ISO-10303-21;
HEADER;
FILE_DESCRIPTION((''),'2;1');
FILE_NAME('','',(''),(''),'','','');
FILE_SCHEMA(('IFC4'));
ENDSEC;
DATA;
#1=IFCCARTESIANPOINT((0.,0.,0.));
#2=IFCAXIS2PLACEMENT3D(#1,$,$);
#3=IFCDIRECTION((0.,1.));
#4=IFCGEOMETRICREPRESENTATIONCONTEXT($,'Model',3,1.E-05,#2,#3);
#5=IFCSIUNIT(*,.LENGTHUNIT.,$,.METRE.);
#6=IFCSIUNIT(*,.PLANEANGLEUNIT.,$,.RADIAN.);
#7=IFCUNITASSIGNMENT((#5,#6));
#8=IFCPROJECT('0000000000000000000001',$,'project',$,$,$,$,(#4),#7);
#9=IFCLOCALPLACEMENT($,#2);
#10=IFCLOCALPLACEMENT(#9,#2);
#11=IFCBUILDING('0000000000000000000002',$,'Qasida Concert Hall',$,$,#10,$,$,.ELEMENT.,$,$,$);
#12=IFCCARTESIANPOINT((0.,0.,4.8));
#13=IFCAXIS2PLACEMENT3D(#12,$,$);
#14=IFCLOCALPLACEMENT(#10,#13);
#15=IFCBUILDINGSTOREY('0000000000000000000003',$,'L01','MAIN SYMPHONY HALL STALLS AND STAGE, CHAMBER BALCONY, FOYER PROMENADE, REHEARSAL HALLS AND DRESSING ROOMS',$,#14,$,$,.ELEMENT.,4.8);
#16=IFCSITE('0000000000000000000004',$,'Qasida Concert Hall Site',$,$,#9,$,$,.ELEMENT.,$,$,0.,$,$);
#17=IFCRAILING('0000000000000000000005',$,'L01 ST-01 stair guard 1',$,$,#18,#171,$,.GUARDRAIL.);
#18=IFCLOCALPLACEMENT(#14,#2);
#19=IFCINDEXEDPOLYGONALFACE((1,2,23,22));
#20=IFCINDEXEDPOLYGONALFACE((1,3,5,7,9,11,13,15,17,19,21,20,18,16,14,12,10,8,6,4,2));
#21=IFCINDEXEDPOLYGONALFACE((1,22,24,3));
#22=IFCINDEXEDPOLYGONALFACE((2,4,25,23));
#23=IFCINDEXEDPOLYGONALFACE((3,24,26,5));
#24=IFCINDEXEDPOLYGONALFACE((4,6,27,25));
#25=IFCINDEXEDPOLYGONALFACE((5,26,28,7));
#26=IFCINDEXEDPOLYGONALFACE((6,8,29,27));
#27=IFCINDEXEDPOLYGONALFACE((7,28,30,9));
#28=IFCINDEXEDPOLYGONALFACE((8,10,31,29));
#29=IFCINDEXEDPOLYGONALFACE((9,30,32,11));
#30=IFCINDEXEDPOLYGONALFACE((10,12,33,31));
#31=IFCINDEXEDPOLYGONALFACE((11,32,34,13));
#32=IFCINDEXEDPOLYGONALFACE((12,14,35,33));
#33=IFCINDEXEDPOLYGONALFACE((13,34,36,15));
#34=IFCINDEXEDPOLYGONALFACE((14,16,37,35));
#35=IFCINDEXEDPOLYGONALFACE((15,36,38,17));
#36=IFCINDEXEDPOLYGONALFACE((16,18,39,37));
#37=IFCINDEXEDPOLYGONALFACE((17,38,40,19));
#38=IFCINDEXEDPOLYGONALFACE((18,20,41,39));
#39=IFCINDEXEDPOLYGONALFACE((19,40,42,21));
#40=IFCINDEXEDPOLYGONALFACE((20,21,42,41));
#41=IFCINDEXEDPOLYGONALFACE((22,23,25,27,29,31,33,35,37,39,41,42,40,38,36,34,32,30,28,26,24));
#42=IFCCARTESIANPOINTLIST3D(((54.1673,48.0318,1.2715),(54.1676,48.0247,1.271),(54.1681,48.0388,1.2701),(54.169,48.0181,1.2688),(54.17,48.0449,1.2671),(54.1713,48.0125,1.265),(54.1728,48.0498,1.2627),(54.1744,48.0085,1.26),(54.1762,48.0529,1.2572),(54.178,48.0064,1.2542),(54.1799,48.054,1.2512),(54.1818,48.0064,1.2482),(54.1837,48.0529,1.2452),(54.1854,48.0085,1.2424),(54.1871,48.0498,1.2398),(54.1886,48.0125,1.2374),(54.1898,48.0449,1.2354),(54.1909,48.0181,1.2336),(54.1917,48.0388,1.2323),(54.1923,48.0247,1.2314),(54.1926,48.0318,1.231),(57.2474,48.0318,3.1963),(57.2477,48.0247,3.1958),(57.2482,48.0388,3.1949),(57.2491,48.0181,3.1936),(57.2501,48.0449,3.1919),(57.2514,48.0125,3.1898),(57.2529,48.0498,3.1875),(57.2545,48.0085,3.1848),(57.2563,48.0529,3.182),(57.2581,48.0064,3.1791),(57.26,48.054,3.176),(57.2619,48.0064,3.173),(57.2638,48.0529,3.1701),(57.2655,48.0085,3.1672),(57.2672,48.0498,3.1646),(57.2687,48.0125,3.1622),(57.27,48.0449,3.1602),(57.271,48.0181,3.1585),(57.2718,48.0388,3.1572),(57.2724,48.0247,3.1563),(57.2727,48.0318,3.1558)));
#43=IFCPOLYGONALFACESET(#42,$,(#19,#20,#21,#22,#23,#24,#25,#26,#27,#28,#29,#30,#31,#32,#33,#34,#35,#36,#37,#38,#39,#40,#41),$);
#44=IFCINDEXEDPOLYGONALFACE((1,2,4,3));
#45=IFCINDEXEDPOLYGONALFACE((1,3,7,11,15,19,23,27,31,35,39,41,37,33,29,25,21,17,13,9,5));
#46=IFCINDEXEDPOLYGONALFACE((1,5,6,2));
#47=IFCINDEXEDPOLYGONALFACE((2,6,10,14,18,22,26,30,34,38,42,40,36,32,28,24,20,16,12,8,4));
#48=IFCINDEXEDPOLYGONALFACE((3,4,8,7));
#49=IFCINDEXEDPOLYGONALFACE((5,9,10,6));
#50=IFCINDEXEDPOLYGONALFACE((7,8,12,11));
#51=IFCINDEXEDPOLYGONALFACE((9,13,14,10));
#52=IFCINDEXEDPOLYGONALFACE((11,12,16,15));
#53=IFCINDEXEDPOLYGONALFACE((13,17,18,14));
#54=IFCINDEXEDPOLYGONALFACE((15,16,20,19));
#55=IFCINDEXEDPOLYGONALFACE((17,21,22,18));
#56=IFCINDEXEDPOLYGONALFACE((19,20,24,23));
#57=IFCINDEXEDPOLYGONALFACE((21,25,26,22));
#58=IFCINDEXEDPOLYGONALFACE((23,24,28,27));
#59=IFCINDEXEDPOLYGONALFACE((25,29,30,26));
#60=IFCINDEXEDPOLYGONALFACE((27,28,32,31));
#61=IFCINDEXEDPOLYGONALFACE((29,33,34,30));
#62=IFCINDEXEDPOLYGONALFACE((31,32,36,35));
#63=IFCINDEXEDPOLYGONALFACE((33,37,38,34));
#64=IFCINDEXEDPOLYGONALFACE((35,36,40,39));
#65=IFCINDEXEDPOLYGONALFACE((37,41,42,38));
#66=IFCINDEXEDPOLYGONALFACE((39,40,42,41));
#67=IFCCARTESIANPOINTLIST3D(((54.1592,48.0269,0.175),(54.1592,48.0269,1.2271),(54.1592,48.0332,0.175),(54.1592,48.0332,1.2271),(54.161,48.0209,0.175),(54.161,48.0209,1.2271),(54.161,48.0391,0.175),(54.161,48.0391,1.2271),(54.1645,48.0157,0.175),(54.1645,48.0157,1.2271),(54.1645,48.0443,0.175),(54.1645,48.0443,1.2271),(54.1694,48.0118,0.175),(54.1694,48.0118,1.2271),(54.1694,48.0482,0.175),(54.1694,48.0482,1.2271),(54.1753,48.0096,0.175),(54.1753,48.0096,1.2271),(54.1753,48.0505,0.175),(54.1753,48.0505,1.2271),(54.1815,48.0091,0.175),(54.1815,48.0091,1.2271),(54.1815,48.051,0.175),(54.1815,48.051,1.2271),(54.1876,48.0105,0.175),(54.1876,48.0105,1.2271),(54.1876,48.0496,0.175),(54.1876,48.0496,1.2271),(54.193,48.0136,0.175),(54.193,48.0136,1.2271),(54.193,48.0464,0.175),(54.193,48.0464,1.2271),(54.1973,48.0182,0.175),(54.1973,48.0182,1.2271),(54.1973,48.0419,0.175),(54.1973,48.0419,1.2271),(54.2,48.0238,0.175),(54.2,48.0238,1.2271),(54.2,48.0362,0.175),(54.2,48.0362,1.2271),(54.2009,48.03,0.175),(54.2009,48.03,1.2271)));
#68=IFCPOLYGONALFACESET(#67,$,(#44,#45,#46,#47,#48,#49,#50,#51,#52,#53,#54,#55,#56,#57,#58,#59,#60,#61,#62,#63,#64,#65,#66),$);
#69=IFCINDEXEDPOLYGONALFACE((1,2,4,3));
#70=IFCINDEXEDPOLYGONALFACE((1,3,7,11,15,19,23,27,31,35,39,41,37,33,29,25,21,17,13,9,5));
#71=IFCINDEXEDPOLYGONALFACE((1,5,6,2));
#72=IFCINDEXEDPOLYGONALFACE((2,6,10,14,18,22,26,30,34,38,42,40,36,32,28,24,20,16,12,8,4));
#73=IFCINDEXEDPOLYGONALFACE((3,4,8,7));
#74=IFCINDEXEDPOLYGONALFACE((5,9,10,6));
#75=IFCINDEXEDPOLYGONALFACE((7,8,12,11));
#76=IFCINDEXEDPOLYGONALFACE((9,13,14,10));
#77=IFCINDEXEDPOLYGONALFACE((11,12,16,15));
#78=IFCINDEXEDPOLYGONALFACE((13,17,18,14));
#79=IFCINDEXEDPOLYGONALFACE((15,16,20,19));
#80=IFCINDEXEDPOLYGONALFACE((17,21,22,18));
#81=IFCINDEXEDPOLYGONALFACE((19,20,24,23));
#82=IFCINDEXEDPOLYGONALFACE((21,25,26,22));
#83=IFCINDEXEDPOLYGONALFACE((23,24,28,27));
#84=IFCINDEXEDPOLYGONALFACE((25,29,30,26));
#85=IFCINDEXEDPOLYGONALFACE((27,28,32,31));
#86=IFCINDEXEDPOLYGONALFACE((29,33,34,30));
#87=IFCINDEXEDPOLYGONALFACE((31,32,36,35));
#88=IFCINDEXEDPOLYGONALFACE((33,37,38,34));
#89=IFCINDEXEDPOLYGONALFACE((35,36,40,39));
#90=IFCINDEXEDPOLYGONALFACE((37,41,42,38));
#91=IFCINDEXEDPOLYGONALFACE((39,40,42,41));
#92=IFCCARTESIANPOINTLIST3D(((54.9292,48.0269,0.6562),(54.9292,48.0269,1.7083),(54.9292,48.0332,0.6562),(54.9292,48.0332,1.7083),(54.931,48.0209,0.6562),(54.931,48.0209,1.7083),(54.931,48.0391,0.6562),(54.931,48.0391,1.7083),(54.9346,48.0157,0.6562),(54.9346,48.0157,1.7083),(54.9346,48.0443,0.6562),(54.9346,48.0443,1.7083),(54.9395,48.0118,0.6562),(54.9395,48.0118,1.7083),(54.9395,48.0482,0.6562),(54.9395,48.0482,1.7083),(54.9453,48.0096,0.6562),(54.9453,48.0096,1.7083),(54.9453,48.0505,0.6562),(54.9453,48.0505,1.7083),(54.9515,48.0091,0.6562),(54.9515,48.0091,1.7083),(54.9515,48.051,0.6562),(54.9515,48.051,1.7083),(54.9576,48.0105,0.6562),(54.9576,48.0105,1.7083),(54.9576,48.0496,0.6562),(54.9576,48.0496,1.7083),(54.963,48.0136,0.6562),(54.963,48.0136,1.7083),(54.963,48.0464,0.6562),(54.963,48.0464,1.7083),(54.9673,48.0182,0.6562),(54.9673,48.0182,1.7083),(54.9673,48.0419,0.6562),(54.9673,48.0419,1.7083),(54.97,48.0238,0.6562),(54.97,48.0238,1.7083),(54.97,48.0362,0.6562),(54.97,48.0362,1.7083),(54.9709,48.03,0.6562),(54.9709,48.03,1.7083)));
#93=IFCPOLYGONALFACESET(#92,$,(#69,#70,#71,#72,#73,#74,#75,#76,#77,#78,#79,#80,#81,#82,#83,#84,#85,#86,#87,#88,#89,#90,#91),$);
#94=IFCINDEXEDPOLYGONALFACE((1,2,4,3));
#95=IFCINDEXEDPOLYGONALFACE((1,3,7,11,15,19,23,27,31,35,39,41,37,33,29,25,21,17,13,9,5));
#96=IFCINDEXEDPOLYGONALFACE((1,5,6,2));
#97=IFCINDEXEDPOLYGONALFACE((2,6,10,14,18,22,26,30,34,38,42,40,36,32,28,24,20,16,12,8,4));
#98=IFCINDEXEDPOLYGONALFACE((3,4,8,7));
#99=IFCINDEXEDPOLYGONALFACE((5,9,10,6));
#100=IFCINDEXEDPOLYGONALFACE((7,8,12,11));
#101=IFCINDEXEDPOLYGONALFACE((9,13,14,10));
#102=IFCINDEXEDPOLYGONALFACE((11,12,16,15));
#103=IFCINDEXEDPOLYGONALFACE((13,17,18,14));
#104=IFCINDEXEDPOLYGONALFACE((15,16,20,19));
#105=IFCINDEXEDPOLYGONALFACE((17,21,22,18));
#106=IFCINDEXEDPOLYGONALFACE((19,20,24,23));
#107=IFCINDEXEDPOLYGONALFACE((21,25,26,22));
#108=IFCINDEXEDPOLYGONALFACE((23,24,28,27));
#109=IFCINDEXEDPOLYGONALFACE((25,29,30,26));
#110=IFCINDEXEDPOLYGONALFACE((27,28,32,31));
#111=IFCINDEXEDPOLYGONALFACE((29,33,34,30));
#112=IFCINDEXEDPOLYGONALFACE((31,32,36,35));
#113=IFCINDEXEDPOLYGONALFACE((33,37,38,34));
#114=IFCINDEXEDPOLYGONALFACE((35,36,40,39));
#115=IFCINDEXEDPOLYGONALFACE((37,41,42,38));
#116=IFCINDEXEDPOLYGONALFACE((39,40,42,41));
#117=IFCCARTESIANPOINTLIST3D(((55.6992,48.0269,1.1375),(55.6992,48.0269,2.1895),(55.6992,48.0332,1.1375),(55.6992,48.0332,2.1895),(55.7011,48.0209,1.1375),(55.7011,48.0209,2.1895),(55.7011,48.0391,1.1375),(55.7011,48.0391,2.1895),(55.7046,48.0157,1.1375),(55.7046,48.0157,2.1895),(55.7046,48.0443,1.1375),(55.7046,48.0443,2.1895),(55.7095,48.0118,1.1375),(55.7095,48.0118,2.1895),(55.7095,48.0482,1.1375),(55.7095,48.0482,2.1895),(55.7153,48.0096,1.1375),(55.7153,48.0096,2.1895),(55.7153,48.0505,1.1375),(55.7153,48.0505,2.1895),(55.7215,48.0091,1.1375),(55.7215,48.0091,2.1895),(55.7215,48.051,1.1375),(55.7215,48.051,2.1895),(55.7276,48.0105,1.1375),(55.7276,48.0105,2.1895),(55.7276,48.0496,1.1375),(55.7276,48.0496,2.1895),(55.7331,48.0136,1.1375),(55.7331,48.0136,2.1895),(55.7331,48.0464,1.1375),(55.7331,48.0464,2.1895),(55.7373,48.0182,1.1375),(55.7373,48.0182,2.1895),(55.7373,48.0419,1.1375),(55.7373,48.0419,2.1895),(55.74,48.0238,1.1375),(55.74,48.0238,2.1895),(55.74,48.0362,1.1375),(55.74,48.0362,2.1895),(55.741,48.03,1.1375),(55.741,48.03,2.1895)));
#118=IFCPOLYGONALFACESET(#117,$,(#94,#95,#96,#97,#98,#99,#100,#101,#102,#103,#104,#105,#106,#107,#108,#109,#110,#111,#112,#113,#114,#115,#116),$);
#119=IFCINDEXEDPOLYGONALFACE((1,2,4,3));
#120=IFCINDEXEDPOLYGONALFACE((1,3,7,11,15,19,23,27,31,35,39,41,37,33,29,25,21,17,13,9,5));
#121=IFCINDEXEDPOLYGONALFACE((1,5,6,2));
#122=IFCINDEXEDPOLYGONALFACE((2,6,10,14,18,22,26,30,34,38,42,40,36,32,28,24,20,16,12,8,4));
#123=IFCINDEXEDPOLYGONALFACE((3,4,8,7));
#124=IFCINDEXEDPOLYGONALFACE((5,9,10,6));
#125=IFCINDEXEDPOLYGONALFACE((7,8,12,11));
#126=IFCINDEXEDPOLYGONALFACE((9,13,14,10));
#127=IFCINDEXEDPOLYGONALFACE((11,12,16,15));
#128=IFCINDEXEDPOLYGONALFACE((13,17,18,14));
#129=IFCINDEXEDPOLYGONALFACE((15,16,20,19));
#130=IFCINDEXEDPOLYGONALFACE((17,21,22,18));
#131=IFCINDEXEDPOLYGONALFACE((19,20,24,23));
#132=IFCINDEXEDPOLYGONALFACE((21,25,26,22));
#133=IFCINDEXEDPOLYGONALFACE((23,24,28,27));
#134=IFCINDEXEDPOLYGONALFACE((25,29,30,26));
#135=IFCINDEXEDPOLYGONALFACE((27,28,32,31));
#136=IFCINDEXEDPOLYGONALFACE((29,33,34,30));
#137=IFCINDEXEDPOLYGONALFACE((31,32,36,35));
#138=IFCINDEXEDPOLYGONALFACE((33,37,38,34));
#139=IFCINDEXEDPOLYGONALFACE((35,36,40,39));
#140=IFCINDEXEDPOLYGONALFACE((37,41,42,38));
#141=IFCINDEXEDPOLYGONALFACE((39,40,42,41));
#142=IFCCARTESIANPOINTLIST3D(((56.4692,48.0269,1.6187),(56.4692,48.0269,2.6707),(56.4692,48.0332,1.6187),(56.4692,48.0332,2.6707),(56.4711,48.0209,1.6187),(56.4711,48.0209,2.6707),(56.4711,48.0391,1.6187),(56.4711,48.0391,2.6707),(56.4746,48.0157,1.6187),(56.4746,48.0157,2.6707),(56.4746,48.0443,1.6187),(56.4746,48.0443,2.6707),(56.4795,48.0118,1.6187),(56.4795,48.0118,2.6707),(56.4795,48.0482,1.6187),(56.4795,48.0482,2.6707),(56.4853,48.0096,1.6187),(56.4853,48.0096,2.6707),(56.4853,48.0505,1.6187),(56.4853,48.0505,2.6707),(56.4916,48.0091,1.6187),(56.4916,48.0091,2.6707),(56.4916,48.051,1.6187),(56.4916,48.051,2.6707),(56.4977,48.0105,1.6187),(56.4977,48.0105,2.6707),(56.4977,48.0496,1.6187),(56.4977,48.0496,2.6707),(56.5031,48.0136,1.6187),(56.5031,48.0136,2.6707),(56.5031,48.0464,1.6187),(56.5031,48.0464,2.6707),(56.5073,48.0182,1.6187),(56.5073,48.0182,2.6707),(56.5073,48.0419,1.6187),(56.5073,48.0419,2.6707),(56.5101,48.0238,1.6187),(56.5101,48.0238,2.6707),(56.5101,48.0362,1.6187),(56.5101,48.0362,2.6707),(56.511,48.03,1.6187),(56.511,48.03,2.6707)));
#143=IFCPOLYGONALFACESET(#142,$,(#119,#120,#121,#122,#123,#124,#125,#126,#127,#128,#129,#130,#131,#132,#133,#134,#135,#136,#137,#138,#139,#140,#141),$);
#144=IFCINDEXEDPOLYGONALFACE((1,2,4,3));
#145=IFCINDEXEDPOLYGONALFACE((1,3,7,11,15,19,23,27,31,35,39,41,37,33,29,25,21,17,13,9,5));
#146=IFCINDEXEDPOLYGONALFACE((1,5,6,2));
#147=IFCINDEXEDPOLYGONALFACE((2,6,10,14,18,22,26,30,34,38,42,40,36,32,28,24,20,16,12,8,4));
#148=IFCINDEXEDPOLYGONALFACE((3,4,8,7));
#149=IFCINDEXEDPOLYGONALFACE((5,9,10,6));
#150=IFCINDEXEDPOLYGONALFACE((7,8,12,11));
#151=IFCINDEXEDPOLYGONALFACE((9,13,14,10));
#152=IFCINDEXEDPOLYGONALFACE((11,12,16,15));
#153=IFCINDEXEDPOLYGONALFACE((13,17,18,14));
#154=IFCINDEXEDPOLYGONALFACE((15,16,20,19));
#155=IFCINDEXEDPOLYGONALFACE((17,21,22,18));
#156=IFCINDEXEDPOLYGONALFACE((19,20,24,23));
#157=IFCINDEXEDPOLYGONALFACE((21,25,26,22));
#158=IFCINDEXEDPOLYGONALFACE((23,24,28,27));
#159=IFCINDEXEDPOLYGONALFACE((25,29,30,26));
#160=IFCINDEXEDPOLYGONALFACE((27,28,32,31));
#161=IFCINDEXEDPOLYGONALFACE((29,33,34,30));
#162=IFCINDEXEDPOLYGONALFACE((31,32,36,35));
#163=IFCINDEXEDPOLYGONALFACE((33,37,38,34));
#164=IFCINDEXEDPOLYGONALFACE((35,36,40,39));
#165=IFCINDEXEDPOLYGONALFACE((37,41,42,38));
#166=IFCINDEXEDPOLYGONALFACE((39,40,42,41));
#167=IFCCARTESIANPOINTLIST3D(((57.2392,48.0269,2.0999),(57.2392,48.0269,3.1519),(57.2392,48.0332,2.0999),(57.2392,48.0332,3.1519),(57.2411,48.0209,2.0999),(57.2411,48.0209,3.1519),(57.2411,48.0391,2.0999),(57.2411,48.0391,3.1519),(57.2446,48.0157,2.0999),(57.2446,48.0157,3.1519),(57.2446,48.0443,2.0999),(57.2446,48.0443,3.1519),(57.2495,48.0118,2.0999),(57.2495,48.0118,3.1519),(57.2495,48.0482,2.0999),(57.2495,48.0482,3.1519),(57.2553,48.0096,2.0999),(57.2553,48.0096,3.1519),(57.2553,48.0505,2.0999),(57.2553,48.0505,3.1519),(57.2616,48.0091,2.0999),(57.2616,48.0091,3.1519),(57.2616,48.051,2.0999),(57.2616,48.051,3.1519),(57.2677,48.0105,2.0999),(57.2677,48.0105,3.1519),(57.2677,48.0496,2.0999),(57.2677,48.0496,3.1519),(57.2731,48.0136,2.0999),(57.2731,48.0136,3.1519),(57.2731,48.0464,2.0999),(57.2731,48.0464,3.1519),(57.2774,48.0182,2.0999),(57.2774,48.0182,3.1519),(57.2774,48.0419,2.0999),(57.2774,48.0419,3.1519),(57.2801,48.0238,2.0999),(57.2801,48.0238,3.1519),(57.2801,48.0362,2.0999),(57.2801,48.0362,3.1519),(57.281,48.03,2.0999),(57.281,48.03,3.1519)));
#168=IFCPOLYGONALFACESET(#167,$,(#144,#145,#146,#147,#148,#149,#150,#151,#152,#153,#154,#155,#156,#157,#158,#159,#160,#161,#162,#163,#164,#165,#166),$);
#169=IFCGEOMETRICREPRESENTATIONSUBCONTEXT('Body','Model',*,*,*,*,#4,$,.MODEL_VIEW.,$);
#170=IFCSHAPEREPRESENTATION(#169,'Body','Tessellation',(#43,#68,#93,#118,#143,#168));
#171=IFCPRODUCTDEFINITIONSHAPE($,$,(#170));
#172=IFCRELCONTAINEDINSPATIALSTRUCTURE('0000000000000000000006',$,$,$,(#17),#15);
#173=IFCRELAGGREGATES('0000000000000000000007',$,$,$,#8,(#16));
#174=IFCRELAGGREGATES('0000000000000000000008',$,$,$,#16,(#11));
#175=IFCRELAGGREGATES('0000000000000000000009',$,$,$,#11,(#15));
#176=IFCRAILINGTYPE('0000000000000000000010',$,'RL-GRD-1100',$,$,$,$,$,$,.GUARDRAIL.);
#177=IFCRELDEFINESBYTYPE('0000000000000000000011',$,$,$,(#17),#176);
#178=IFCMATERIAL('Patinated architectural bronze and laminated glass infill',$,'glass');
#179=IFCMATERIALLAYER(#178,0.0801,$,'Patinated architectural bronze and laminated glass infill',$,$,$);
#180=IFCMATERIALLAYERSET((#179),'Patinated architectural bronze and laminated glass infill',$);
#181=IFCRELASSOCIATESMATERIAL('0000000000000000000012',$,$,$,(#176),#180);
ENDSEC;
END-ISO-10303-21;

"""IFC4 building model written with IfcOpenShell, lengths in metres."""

from ifc_helpers import new_model, si_unit, direction, frame, origin, origin_2d, place, context, subcontext, project, spatial, circle, extrude, material, layer, layer_set, type_object, element, save


model = new_model("IFC4")

# Units and contexts
model_context = context("Model", 3, precision=1e-05, world=origin(), true_north=direction((0.0, 1.0)))
body_context = subcontext(model_context, "Body", "Model", "MODEL_VIEW")
ifc_project = project(units=[si_unit("LENGTHUNIT", "METRE"), si_unit("PLANEANGLEUNIT", "RADIAN")], contexts=[model_context])

# Site, building, storey
site_placement = place(None, origin())
site = spatial("IfcSite", under=ifc_project, at=site_placement, Name="Qasida Concert Hall Site", CompositionType="ELEMENT", RefElevation=0.0)
building_placement = place(site_placement, origin())
building = spatial("IfcBuilding", under=site, at=building_placement, Name="Qasida Concert Hall", CompositionType="ELEMENT")
storey_placement = place(building_placement, frame((0.0, 0.0, 4.8)))
storey = spatial("IfcBuildingStorey", under=building, at=storey_placement, Name="L01", Description="MAIN SYMPHONY HALL STALLS AND STAGE, CHAMBER BALCONY, FOYER PROMENADE, REHEARSAL HALLS AND DRESSING ROOMS", CompositionType="ELEMENT", Elevation=4.8)

# Railing
ifc_material_1 = material(Name="Patinated architectural bronze and laminated glass infill", Category="glass")
ifc_layer_1 = layer(ifc_material_1, 0.0801, Name="Patinated architectural bronze and laminated glass infill")
ifc_layer_set_1 = layer_set([ifc_layer_1], Name="Patinated architectural bronze and laminated glass infill")
railing_type_1 = type_object("IfcRailingType", Name="RL-GRD-1100", PredefinedType="GUARDRAIL", material=ifc_layer_set_1)
railing_1_placement = place(storey_placement, frame((54.1799, 48.03, 0.175)))
element("IfcRailing", 1, at=railing_1_placement, inside=storey, type_object=railing_type_1, Name="L01 ST-01 stair guard 1", PredefinedType="GUARDRAIL", context=body_context, shape_type="SweptSolid", body=[
    extrude(circle(Radius=0.0239, at=origin_2d()), frame((0.0, 0.0, 1.0762), z_axis=(0.848029, 0.0, 0.529951), x_axis=(0.0, 1.0, 0.0)), (0.0, 0.0, 1.0), 3.6321),
    extrude(circle(Radius=0.021, at=origin_2d()), origin(), (0.0, 0.0, 1.0), 1.052),
    extrude(circle(Radius=0.021, at=origin_2d()), frame((0.77, 0.0, 0.4812)), (0.0, 0.0, 1.0), 1.052),
    extrude(circle(Radius=0.021, at=origin_2d()), frame((1.54, 0.0, 0.9624)), (0.0, 0.0, 1.0), 1.052),
    extrude(circle(Radius=0.021, at=origin_2d()), frame((2.3101, 0.0, 1.4436)), (0.0, 0.0, 1.0), 1.052),
    extrude(circle(Radius=0.021, at=origin_2d()), frame((3.0801, 0.0, 1.9248)), (0.0, 0.0, 1.0), 1.052),
])

save(model, "model.ifc")
